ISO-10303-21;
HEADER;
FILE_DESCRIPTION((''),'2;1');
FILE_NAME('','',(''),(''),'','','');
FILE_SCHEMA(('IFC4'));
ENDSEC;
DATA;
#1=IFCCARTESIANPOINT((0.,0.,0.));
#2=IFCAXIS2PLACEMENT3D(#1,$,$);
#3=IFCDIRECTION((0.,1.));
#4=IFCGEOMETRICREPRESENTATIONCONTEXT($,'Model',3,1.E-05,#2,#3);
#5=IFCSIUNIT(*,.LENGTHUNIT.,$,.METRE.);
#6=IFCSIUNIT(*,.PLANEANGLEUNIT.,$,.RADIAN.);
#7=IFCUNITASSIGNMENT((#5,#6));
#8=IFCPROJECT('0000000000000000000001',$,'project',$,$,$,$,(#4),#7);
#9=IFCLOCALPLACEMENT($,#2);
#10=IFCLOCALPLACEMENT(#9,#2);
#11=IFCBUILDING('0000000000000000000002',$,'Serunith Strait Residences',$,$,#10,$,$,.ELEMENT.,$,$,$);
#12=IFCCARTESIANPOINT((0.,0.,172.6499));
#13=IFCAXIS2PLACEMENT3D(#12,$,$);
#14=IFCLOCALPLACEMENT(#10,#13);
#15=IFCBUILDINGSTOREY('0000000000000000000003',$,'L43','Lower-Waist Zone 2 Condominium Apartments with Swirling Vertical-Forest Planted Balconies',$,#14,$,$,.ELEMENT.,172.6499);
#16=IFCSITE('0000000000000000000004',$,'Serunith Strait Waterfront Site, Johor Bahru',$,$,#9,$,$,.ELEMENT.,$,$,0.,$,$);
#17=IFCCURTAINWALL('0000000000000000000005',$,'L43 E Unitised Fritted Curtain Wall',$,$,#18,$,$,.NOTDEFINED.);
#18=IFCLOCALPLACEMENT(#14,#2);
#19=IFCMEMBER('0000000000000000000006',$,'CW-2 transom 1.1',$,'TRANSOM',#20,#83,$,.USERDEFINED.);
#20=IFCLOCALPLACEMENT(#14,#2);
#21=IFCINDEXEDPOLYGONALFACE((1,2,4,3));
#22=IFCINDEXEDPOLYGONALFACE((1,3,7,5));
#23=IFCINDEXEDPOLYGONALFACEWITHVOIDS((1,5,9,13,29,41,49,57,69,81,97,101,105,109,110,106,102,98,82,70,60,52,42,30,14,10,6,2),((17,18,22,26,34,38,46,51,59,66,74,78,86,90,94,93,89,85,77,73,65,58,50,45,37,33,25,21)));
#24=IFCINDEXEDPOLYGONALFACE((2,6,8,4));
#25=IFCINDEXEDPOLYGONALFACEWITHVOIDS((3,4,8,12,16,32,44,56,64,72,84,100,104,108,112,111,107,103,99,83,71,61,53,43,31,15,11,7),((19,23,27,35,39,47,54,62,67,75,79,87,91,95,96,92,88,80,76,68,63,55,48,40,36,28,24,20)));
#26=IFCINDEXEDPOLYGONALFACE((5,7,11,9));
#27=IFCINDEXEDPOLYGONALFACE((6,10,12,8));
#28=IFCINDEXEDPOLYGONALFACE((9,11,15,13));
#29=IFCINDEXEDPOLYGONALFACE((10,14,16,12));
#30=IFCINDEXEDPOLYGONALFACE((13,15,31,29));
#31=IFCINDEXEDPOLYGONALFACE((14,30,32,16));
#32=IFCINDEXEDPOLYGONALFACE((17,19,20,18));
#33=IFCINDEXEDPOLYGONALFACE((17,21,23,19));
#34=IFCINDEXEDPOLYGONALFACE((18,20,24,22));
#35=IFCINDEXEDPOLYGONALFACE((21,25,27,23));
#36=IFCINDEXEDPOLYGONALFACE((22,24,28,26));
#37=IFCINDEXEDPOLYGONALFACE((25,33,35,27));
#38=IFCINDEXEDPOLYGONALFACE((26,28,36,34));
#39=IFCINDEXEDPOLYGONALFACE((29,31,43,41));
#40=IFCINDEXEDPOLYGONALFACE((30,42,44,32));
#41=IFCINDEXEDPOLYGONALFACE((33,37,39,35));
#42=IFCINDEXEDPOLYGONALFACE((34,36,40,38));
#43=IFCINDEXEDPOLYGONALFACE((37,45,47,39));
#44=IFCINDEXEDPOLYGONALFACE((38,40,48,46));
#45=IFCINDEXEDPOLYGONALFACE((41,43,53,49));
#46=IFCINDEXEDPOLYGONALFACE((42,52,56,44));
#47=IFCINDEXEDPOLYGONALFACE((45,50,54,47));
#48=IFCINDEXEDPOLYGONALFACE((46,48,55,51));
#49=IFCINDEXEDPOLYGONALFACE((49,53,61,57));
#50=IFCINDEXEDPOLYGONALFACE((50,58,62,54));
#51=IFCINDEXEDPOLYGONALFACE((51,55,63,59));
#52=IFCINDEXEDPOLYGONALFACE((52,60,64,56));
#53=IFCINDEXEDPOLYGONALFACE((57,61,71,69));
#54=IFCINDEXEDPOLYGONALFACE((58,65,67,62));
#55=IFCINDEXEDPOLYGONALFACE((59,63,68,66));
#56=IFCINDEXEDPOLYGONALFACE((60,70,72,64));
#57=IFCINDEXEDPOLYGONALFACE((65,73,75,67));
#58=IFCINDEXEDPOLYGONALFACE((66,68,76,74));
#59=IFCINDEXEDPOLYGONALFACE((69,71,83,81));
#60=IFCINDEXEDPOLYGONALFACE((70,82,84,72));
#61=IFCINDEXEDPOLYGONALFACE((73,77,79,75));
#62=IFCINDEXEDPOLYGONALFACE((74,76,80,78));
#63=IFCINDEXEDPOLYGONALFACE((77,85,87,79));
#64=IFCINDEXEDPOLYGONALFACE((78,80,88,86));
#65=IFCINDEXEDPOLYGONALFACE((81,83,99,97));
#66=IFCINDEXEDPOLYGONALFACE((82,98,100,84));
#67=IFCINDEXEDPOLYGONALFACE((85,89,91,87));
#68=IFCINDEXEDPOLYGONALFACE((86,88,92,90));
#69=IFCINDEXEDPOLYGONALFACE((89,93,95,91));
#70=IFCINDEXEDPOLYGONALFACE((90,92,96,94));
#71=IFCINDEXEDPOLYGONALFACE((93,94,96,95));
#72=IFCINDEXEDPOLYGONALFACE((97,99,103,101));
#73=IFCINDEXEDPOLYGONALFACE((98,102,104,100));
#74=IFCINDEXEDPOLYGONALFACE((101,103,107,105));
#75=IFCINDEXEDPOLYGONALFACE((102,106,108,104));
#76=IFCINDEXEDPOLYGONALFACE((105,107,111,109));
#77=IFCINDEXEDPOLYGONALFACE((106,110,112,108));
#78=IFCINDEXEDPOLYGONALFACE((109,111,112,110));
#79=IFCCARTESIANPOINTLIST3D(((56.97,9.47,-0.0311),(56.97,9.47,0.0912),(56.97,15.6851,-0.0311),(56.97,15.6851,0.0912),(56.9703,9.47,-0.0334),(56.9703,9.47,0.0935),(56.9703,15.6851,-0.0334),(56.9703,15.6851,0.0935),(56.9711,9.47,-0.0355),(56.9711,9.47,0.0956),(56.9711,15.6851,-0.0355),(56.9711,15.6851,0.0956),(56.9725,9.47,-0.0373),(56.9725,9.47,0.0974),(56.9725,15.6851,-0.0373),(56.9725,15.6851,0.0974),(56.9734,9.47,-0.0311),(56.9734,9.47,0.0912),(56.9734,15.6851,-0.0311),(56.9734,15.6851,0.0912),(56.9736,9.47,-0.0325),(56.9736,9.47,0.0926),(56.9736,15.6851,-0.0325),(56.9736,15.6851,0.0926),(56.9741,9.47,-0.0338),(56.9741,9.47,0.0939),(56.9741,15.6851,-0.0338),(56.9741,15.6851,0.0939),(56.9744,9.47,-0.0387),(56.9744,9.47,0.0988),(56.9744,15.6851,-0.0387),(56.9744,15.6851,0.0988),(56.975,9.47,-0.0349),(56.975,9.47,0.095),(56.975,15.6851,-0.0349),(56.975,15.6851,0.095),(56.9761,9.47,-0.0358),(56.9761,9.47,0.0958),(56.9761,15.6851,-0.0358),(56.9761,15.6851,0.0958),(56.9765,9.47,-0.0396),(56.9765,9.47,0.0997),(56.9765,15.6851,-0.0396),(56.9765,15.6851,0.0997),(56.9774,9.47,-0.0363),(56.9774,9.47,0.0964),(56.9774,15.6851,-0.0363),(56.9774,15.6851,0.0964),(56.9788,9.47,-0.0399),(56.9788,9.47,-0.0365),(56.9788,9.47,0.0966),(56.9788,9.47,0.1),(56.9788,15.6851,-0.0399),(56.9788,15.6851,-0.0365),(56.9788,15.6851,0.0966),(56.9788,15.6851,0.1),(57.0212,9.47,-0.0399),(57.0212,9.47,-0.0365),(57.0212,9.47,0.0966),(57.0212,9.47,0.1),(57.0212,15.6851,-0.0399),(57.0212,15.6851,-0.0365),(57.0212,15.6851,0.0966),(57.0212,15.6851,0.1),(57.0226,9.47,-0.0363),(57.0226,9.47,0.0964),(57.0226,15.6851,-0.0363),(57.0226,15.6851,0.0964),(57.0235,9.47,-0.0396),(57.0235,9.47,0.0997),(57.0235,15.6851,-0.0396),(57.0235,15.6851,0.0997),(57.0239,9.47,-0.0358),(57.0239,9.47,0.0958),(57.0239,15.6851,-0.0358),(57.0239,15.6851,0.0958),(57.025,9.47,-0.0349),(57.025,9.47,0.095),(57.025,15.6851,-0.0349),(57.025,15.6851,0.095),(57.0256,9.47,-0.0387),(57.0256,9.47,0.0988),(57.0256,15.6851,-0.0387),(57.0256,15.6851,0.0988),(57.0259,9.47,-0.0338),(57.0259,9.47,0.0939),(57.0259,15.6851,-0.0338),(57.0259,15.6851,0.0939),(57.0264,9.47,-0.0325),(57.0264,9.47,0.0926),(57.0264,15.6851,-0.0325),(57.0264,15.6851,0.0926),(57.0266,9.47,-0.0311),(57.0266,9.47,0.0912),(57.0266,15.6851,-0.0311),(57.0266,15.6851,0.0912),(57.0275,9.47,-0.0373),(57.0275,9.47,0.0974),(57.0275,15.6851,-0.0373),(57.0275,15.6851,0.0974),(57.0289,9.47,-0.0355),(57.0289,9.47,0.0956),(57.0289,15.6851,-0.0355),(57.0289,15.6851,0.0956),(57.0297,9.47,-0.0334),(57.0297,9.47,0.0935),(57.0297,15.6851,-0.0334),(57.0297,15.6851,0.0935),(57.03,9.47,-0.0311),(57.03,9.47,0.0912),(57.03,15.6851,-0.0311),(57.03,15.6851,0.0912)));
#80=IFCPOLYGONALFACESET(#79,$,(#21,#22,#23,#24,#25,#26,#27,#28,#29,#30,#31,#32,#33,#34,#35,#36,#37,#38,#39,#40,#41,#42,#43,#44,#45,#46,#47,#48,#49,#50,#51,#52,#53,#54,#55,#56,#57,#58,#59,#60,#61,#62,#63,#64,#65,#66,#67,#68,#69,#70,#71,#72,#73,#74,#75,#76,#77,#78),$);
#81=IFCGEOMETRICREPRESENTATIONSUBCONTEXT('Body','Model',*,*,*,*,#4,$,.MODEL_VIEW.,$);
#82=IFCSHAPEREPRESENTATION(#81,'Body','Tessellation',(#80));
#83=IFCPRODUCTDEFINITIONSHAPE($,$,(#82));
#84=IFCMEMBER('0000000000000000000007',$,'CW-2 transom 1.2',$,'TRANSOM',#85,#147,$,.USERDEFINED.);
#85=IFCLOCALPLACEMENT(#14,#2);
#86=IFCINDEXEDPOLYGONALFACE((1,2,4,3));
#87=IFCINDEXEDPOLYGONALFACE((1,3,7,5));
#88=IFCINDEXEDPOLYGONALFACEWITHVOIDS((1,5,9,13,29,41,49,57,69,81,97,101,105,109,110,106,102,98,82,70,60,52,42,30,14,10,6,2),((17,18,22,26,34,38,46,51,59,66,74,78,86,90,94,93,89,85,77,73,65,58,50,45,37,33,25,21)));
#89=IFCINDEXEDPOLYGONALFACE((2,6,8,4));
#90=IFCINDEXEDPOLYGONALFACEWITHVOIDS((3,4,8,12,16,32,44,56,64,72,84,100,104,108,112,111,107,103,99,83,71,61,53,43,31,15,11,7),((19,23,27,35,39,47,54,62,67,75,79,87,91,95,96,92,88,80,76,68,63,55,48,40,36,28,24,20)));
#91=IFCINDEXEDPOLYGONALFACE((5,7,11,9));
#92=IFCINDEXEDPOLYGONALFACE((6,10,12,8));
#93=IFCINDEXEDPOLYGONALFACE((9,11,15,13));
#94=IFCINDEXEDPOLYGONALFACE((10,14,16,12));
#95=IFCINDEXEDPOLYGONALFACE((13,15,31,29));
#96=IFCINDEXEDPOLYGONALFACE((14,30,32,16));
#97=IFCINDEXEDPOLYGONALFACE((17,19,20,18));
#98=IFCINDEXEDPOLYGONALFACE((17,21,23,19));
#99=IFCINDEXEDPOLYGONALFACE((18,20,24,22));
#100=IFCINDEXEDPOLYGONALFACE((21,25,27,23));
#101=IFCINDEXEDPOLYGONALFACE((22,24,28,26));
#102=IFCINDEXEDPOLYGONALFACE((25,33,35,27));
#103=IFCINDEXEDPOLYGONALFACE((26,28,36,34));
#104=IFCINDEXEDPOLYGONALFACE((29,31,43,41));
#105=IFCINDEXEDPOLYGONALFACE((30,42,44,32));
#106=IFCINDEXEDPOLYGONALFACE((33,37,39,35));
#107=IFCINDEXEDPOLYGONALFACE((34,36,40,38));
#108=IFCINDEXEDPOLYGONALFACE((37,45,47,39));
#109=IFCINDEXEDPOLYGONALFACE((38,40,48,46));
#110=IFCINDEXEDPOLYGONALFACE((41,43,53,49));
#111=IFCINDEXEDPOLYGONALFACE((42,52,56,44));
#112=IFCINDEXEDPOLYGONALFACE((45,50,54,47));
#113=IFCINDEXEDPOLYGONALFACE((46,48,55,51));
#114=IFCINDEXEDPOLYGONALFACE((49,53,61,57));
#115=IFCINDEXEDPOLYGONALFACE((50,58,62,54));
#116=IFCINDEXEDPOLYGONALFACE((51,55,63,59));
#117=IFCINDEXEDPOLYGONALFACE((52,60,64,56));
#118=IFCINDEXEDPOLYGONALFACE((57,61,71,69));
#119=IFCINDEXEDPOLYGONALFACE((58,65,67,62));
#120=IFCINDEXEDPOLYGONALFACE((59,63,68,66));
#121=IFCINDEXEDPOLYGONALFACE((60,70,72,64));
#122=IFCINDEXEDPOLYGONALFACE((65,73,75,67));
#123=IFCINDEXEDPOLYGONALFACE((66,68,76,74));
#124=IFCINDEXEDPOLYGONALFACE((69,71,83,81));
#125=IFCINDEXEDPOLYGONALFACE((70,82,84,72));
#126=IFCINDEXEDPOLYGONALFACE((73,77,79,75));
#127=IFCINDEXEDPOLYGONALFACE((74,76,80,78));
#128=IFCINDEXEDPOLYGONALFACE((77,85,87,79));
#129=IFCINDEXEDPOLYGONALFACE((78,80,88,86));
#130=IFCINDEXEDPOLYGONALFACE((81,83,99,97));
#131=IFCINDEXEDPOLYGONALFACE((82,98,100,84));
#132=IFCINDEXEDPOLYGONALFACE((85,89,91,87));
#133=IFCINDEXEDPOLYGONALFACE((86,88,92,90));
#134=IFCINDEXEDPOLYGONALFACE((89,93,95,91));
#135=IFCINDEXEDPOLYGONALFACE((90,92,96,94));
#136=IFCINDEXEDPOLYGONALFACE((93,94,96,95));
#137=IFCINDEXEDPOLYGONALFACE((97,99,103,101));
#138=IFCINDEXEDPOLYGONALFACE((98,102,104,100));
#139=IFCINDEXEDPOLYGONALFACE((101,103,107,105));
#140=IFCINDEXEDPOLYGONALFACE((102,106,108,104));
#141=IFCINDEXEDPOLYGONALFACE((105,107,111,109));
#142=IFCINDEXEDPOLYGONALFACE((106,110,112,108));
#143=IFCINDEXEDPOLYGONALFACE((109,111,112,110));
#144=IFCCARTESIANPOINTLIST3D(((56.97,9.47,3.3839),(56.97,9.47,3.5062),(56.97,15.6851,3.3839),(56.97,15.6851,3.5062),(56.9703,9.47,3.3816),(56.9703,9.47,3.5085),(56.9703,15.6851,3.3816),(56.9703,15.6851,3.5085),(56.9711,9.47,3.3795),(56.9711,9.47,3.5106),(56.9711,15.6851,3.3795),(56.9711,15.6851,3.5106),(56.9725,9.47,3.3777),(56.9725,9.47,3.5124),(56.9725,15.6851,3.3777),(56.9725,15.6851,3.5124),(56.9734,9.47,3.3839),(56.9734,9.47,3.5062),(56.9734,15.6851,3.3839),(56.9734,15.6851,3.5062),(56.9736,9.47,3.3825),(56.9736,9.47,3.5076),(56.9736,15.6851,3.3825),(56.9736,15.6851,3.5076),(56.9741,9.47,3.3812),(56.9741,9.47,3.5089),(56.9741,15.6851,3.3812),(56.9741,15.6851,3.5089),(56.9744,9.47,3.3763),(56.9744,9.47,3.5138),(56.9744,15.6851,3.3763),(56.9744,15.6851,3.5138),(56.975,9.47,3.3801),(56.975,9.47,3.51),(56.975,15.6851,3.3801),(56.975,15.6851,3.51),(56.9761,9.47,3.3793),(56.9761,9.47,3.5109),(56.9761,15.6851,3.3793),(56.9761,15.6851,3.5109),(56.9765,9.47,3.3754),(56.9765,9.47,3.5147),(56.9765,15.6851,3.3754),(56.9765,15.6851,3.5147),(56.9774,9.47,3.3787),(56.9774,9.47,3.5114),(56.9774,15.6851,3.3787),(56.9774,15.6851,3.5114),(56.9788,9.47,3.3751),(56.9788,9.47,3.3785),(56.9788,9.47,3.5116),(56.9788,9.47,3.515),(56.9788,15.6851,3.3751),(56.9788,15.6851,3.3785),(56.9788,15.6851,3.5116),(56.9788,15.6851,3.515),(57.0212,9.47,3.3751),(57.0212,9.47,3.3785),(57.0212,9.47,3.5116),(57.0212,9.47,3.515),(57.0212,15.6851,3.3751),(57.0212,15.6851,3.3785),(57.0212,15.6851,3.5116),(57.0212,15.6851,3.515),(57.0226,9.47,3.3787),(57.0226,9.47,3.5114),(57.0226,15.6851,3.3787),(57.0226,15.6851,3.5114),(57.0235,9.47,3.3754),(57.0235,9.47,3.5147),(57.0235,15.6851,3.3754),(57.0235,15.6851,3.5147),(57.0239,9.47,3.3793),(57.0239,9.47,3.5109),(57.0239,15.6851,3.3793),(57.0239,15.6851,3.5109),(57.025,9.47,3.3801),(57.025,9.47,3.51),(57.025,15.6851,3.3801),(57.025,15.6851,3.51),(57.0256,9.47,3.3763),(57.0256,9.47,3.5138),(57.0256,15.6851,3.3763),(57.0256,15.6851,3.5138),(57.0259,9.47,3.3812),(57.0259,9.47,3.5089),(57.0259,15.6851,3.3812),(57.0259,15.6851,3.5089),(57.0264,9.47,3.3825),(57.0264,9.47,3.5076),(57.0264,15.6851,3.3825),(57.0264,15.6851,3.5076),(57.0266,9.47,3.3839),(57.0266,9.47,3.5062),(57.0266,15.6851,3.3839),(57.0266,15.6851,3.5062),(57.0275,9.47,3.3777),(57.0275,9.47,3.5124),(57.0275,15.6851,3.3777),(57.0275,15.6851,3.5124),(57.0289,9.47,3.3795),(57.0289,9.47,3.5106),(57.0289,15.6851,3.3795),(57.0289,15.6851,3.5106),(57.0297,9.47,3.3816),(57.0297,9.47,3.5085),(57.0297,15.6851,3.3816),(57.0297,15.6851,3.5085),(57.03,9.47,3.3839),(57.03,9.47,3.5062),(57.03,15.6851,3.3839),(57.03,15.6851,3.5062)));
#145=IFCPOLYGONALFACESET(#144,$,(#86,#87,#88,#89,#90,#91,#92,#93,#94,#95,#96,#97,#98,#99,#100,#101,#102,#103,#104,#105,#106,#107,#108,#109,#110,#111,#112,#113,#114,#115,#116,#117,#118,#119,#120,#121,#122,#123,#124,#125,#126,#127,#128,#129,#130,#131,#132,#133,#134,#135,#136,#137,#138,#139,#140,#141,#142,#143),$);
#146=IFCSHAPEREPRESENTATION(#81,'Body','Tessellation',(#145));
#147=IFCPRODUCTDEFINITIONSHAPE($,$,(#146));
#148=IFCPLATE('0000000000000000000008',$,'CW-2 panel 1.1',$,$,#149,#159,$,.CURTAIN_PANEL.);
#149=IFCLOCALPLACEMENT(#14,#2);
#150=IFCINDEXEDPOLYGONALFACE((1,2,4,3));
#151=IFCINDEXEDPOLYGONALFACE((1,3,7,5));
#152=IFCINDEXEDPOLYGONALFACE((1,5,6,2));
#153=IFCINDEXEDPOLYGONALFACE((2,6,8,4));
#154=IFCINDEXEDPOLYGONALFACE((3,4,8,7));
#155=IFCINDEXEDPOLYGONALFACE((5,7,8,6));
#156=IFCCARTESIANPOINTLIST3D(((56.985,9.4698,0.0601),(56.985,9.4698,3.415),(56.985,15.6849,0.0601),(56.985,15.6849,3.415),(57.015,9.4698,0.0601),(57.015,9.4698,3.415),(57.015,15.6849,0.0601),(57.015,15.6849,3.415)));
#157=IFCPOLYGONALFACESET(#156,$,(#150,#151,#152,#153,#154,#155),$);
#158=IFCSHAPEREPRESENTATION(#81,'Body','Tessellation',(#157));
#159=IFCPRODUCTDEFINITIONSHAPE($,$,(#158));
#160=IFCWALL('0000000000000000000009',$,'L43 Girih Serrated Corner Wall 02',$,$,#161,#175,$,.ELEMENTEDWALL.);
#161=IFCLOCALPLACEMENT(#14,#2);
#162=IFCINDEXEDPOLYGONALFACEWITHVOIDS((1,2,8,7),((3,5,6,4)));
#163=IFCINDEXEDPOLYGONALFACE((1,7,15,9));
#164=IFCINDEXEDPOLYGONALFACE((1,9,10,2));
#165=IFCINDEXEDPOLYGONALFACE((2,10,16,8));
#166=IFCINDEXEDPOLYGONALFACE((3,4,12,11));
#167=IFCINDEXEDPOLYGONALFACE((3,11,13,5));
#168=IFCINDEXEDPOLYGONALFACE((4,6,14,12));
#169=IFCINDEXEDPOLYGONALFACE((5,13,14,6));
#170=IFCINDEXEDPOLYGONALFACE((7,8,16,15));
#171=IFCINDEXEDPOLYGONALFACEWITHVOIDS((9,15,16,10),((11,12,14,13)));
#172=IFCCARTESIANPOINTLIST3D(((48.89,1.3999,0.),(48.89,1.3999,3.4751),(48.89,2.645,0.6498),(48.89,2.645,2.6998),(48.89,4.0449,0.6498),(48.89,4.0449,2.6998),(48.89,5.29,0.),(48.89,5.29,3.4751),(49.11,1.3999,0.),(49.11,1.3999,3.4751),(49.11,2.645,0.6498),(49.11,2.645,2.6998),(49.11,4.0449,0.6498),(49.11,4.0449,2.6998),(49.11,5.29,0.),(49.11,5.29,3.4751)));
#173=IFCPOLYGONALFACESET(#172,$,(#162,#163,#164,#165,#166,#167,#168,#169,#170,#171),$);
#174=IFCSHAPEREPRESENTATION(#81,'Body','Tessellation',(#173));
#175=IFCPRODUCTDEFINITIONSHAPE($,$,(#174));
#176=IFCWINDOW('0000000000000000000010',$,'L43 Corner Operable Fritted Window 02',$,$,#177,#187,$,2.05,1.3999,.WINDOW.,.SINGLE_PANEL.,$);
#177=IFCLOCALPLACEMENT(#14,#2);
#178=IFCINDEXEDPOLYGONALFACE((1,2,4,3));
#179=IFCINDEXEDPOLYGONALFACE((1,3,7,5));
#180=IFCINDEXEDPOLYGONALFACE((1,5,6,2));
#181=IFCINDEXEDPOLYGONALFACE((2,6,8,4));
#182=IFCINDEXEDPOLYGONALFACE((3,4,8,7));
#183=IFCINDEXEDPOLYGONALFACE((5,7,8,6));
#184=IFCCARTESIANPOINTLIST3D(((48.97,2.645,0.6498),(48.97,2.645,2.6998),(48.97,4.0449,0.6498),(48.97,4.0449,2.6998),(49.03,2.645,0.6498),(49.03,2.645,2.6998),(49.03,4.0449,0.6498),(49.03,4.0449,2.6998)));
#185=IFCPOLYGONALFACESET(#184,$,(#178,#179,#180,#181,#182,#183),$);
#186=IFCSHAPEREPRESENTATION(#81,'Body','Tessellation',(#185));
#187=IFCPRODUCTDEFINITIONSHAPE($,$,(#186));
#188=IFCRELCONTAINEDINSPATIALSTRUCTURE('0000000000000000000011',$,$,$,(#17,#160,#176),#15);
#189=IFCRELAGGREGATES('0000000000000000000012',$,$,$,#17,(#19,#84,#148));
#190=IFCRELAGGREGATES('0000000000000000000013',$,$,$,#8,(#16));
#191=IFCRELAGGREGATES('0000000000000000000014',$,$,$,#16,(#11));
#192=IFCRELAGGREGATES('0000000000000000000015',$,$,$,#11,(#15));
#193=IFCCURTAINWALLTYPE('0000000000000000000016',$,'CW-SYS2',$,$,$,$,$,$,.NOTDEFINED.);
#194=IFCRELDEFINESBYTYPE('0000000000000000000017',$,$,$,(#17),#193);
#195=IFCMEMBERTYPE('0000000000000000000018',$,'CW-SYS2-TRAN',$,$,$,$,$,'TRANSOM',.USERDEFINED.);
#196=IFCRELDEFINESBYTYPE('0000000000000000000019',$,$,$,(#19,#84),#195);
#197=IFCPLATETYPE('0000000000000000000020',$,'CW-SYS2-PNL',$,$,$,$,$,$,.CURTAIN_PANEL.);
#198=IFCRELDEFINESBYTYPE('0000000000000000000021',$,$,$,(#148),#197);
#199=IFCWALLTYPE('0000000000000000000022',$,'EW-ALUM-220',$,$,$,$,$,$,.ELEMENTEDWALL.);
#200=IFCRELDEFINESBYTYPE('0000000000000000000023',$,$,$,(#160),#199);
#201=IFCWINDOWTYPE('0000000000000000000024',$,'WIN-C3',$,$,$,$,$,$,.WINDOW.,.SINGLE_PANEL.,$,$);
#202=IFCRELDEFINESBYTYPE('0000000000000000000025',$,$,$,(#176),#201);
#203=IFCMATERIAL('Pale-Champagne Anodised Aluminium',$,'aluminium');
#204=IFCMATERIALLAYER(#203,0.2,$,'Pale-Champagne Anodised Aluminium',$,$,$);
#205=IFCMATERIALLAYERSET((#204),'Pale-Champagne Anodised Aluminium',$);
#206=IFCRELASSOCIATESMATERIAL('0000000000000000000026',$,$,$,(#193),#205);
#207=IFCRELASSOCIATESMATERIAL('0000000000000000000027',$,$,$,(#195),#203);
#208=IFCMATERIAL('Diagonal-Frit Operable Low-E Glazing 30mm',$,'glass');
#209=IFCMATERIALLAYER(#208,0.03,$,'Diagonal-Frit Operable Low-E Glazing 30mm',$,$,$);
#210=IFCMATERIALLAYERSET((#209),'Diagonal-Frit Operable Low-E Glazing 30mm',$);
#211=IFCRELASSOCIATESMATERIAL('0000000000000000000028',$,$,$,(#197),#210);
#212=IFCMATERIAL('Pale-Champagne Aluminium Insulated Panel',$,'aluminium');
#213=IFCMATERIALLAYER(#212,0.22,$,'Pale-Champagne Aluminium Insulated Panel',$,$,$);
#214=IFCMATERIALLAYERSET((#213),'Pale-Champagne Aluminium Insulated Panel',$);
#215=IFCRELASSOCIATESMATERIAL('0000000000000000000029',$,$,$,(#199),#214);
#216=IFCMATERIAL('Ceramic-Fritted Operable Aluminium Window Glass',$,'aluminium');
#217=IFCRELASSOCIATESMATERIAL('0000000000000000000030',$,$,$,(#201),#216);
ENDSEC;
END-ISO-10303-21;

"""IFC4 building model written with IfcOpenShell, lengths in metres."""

from ifc_helpers import new_model, si_unit, direction, frame, frame_2d, origin, origin_2d, place, context, subcontext, project, spatial, rectangle, hollow_rectangle, extrude, source, transform, mapped, material, layer, layer_set, material_profile, profile_set, type_object, element, fill, aggregate, save


model = new_model("IFC4")

# Units and contexts
model_context = context("Model", 3, precision=1e-05, world=origin(), true_north=direction((0.0, 1.0)))
body_context = subcontext(model_context, "Body", "Model", "MODEL_VIEW")
ifc_project = project(units=[si_unit("LENGTHUNIT", "METRE"), si_unit("PLANEANGLEUNIT", "RADIAN")], contexts=[model_context])

# Site, building, storey
site_placement = place(None, origin())
site = spatial("IfcSite", under=ifc_project, at=site_placement, Name="Serunith Strait Waterfront Site, Johor Bahru", CompositionType="ELEMENT", RefElevation=0.0)
building_placement = place(site_placement, origin())
building = spatial("IfcBuilding", under=site, at=building_placement, Name="Serunith Strait Residences", CompositionType="ELEMENT")
storey_placement = place(building_placement, frame((0.0, 0.0, 172.6499)))
storey = spatial("IfcBuildingStorey", under=building, at=storey_placement, Name="L43", Description="Lower-Waist Zone 2 Condominium Apartments with Swirling Vertical-Forest Planted Balconies", CompositionType="ELEMENT", Elevation=172.6499)

# Shared definitions
ifc_material_1 = material(Name="Pale-Champagne Anodised Aluminium", Category="aluminium")
ifc_layer_1 = layer(ifc_material_1, 0.2, Name="Pale-Champagne Anodised Aluminium")
ifc_layer_set_1 = layer_set([ifc_layer_1], Name="Pale-Champagne Anodised Aluminium")
curtain_wall_type = type_object("IfcCurtainWallType", Name="CW-SYS2", PredefinedType="NOTDEFINED", material=ifc_layer_set_1)

# Curtain wall, members, plate
curtain_wall_1_placement = place(storey_placement, origin())
curtain_wall_1 = element("IfcCurtainWall", 1, at=curtain_wall_1_placement, inside=storey, type_object=curtain_wall_type, Name="L43 E Unitised Fritted Curtain Wall", PredefinedType="NOTDEFINED")
ifc_material_profile_1 = material_profile(ifc_material_1, hollow_rectangle(XDim=0.0601, YDim=0.1399, WallThickness=0.0034, InnerFilletRadius=0.0054, OuterFilletRadius=0.0088, at=origin_2d()), Name="ALU 140x60x3.5")
ifc_profile_set_1 = profile_set([ifc_material_profile_1], Name="Pale-Champagne Anodised Aluminium")
member_type_1 = type_object("IfcMemberType", Name="CW-SYS2-TRAN", ElementType="TRANSOM", PredefinedType="USERDEFINED", material=ifc_profile_set_1)
shared_shape_1 = source(origin(), body_context, "Body", "SweptSolid", [
    extrude(hollow_rectangle(XDim=0.0601, YDim=0.1399, WallThickness=0.0034, InnerFilletRadius=0.0054, OuterFilletRadius=0.0088, at=origin_2d()), origin(), (0.0, 0.0, 1.0), 6.2151),
])
member_1_placement = place(storey_placement, frame((57.0, 9.47, 0.03), z_axis=(0.0, 1.0, 0.0), x_axis=(-1.0, 0.0, 0.0)))
member_1 = element("IfcMember", 2, at=member_1_placement, type_object=member_type_1, Name="CW-2 transom 1.1", ObjectType="TRANSOM", PredefinedType="USERDEFINED", context=body_context, shape_type="MappedRepresentation", body=[
    mapped(shared_shape_1, transform((0.0, 0.0, 0.0), scale=1.0)),
])
member_2_placement = place(storey_placement, frame((57.0, 9.47, 3.4451), z_axis=(0.0, 1.0, 0.0), x_axis=(-1.0, 0.0, 0.0)))
member_2 = element("IfcMember", 3, at=member_2_placement, type_object=member_type_1, Name="CW-2 transom 1.2", ObjectType="TRANSOM", PredefinedType="USERDEFINED", context=body_context, shape_type="MappedRepresentation", body=[
    mapped(shared_shape_1, transform((0.0, 0.0, 0.0), scale=1.0)),
])
ifc_material_2 = material(Name="Diagonal-Frit Operable Low-E Glazing 30mm", Category="glass")
ifc_layer_2 = layer(ifc_material_2, 0.03, Name="Diagonal-Frit Operable Low-E Glazing 30mm")
ifc_layer_set_2 = layer_set([ifc_layer_2], Name="Diagonal-Frit Operable Low-E Glazing 30mm")
plate_type = type_object("IfcPlateType", Name="CW-SYS2-PNL", PredefinedType="CURTAIN_PANEL", material=ifc_layer_set_2)
shared_shape_2 = source(origin(), body_context, "Body", "SweptSolid", [
    extrude(rectangle(XDim=6.2151, YDim=0.03, at=origin_2d()), origin(), (0.0, 0.0, 1.0), 3.355),
])
plate_placement = place(storey_placement, frame((57.0, 12.5774, 0.0601), z_axis=(0.0, 0.0, 1.0), x_axis=(0.0, 1.0, 0.0)))
plate = element("IfcPlate", 4, at=plate_placement, type_object=plate_type, Name="CW-2 panel 1.1", PredefinedType="CURTAIN_PANEL", context=body_context, shape_type="MappedRepresentation", body=[
    mapped(shared_shape_2, transform((0.0, 0.0, 0.0), scale=1.0)),
])
aggregate(curtain_wall_1, [member_1, member_2, plate])

# Wall, opening, window
ifc_material_3 = material(Name="Pale-Champagne Aluminium Insulated Panel", Category="aluminium")
ifc_layer_3 = layer(ifc_material_3, 0.22, Name="Pale-Champagne Aluminium Insulated Panel")
ifc_layer_set_3 = layer_set([ifc_layer_3], Name="Pale-Champagne Aluminium Insulated Panel")
wall_type_1 = type_object("IfcWallType", Name="EW-ALUM-220", PredefinedType="ELEMENTEDWALL", material=ifc_layer_set_3)
wall_1_placement = place(storey_placement, frame((49.0, 1.3999, 0.0), z_axis=(0.0, 0.0, 1.0), x_axis=(0.0, 1.0, 0.0)))
wall_1 = element("IfcWall", 5, at=wall_1_placement, inside=storey, type_object=wall_type_1, Name="L43 Girih Serrated Corner Wall 02", PredefinedType="ELEMENTEDWALL", context=body_context, shape_type="SweptSolid", body=[
    extrude(rectangle(XDim=3.8901, YDim=0.22, at=frame_2d((1.9451, 0.0))), origin(), (0.0, 0.0, 1.0), 3.4751),
])
opening_1_placement = place(wall_1_placement, frame((1.2451, 0.0, 0.6499)))
opening_1 = element("IfcOpeningElement", 6, at=opening_1_placement, cuts=wall_1, PredefinedType="OPENING", context=body_context, shape_type="SweptSolid", body=[
    extrude(rectangle(XDim=1.3999, YDim=2.05, at=frame_2d((0.7, 1.0249))), frame((0.0, 0.1201, 0.0), z_axis=(0.0, -1.0, 0.0), x_axis=(1.0, 0.0, 0.0)), (0.0, 0.0, 1.0), 0.24),
])
ifc_material_4 = material(Name="Ceramic-Fritted Operable Aluminium Window Glass", Category="aluminium")
window_type = type_object("IfcWindowType", Name="WIN-C3", PartitioningType="SINGLE_PANEL", PredefinedType="WINDOW", material=ifc_material_4)
shared_shape_3 = source(origin(), body_context, "Body", "SweptSolid", [
    extrude(rectangle(XDim=1.3999, YDim=2.05, at=frame_2d((0.7, 1.0249))), frame((0.0, 0.03, 0.0), z_axis=(0.0, -1.0, 0.0), x_axis=(1.0, 0.0, 0.0)), (0.0, 0.0, 1.0), 0.0601),
])
window_1_placement = place(opening_1_placement, origin())
window_1 = element("IfcWindow", 7, at=window_1_placement, inside=storey, type_object=window_type, Name="L43 Corner Operable Fritted Window 02", OverallHeight=2.05, OverallWidth=1.3999, PartitioningType="SINGLE_PANEL", PredefinedType="WINDOW", context=body_context, shape_type="MappedRepresentation", body=[
    mapped(shared_shape_3, transform((0.0, 0.0, 0.0), scale=1.0)),
])
fill(opening_1, window_1)

save(model, "model.ifc")
